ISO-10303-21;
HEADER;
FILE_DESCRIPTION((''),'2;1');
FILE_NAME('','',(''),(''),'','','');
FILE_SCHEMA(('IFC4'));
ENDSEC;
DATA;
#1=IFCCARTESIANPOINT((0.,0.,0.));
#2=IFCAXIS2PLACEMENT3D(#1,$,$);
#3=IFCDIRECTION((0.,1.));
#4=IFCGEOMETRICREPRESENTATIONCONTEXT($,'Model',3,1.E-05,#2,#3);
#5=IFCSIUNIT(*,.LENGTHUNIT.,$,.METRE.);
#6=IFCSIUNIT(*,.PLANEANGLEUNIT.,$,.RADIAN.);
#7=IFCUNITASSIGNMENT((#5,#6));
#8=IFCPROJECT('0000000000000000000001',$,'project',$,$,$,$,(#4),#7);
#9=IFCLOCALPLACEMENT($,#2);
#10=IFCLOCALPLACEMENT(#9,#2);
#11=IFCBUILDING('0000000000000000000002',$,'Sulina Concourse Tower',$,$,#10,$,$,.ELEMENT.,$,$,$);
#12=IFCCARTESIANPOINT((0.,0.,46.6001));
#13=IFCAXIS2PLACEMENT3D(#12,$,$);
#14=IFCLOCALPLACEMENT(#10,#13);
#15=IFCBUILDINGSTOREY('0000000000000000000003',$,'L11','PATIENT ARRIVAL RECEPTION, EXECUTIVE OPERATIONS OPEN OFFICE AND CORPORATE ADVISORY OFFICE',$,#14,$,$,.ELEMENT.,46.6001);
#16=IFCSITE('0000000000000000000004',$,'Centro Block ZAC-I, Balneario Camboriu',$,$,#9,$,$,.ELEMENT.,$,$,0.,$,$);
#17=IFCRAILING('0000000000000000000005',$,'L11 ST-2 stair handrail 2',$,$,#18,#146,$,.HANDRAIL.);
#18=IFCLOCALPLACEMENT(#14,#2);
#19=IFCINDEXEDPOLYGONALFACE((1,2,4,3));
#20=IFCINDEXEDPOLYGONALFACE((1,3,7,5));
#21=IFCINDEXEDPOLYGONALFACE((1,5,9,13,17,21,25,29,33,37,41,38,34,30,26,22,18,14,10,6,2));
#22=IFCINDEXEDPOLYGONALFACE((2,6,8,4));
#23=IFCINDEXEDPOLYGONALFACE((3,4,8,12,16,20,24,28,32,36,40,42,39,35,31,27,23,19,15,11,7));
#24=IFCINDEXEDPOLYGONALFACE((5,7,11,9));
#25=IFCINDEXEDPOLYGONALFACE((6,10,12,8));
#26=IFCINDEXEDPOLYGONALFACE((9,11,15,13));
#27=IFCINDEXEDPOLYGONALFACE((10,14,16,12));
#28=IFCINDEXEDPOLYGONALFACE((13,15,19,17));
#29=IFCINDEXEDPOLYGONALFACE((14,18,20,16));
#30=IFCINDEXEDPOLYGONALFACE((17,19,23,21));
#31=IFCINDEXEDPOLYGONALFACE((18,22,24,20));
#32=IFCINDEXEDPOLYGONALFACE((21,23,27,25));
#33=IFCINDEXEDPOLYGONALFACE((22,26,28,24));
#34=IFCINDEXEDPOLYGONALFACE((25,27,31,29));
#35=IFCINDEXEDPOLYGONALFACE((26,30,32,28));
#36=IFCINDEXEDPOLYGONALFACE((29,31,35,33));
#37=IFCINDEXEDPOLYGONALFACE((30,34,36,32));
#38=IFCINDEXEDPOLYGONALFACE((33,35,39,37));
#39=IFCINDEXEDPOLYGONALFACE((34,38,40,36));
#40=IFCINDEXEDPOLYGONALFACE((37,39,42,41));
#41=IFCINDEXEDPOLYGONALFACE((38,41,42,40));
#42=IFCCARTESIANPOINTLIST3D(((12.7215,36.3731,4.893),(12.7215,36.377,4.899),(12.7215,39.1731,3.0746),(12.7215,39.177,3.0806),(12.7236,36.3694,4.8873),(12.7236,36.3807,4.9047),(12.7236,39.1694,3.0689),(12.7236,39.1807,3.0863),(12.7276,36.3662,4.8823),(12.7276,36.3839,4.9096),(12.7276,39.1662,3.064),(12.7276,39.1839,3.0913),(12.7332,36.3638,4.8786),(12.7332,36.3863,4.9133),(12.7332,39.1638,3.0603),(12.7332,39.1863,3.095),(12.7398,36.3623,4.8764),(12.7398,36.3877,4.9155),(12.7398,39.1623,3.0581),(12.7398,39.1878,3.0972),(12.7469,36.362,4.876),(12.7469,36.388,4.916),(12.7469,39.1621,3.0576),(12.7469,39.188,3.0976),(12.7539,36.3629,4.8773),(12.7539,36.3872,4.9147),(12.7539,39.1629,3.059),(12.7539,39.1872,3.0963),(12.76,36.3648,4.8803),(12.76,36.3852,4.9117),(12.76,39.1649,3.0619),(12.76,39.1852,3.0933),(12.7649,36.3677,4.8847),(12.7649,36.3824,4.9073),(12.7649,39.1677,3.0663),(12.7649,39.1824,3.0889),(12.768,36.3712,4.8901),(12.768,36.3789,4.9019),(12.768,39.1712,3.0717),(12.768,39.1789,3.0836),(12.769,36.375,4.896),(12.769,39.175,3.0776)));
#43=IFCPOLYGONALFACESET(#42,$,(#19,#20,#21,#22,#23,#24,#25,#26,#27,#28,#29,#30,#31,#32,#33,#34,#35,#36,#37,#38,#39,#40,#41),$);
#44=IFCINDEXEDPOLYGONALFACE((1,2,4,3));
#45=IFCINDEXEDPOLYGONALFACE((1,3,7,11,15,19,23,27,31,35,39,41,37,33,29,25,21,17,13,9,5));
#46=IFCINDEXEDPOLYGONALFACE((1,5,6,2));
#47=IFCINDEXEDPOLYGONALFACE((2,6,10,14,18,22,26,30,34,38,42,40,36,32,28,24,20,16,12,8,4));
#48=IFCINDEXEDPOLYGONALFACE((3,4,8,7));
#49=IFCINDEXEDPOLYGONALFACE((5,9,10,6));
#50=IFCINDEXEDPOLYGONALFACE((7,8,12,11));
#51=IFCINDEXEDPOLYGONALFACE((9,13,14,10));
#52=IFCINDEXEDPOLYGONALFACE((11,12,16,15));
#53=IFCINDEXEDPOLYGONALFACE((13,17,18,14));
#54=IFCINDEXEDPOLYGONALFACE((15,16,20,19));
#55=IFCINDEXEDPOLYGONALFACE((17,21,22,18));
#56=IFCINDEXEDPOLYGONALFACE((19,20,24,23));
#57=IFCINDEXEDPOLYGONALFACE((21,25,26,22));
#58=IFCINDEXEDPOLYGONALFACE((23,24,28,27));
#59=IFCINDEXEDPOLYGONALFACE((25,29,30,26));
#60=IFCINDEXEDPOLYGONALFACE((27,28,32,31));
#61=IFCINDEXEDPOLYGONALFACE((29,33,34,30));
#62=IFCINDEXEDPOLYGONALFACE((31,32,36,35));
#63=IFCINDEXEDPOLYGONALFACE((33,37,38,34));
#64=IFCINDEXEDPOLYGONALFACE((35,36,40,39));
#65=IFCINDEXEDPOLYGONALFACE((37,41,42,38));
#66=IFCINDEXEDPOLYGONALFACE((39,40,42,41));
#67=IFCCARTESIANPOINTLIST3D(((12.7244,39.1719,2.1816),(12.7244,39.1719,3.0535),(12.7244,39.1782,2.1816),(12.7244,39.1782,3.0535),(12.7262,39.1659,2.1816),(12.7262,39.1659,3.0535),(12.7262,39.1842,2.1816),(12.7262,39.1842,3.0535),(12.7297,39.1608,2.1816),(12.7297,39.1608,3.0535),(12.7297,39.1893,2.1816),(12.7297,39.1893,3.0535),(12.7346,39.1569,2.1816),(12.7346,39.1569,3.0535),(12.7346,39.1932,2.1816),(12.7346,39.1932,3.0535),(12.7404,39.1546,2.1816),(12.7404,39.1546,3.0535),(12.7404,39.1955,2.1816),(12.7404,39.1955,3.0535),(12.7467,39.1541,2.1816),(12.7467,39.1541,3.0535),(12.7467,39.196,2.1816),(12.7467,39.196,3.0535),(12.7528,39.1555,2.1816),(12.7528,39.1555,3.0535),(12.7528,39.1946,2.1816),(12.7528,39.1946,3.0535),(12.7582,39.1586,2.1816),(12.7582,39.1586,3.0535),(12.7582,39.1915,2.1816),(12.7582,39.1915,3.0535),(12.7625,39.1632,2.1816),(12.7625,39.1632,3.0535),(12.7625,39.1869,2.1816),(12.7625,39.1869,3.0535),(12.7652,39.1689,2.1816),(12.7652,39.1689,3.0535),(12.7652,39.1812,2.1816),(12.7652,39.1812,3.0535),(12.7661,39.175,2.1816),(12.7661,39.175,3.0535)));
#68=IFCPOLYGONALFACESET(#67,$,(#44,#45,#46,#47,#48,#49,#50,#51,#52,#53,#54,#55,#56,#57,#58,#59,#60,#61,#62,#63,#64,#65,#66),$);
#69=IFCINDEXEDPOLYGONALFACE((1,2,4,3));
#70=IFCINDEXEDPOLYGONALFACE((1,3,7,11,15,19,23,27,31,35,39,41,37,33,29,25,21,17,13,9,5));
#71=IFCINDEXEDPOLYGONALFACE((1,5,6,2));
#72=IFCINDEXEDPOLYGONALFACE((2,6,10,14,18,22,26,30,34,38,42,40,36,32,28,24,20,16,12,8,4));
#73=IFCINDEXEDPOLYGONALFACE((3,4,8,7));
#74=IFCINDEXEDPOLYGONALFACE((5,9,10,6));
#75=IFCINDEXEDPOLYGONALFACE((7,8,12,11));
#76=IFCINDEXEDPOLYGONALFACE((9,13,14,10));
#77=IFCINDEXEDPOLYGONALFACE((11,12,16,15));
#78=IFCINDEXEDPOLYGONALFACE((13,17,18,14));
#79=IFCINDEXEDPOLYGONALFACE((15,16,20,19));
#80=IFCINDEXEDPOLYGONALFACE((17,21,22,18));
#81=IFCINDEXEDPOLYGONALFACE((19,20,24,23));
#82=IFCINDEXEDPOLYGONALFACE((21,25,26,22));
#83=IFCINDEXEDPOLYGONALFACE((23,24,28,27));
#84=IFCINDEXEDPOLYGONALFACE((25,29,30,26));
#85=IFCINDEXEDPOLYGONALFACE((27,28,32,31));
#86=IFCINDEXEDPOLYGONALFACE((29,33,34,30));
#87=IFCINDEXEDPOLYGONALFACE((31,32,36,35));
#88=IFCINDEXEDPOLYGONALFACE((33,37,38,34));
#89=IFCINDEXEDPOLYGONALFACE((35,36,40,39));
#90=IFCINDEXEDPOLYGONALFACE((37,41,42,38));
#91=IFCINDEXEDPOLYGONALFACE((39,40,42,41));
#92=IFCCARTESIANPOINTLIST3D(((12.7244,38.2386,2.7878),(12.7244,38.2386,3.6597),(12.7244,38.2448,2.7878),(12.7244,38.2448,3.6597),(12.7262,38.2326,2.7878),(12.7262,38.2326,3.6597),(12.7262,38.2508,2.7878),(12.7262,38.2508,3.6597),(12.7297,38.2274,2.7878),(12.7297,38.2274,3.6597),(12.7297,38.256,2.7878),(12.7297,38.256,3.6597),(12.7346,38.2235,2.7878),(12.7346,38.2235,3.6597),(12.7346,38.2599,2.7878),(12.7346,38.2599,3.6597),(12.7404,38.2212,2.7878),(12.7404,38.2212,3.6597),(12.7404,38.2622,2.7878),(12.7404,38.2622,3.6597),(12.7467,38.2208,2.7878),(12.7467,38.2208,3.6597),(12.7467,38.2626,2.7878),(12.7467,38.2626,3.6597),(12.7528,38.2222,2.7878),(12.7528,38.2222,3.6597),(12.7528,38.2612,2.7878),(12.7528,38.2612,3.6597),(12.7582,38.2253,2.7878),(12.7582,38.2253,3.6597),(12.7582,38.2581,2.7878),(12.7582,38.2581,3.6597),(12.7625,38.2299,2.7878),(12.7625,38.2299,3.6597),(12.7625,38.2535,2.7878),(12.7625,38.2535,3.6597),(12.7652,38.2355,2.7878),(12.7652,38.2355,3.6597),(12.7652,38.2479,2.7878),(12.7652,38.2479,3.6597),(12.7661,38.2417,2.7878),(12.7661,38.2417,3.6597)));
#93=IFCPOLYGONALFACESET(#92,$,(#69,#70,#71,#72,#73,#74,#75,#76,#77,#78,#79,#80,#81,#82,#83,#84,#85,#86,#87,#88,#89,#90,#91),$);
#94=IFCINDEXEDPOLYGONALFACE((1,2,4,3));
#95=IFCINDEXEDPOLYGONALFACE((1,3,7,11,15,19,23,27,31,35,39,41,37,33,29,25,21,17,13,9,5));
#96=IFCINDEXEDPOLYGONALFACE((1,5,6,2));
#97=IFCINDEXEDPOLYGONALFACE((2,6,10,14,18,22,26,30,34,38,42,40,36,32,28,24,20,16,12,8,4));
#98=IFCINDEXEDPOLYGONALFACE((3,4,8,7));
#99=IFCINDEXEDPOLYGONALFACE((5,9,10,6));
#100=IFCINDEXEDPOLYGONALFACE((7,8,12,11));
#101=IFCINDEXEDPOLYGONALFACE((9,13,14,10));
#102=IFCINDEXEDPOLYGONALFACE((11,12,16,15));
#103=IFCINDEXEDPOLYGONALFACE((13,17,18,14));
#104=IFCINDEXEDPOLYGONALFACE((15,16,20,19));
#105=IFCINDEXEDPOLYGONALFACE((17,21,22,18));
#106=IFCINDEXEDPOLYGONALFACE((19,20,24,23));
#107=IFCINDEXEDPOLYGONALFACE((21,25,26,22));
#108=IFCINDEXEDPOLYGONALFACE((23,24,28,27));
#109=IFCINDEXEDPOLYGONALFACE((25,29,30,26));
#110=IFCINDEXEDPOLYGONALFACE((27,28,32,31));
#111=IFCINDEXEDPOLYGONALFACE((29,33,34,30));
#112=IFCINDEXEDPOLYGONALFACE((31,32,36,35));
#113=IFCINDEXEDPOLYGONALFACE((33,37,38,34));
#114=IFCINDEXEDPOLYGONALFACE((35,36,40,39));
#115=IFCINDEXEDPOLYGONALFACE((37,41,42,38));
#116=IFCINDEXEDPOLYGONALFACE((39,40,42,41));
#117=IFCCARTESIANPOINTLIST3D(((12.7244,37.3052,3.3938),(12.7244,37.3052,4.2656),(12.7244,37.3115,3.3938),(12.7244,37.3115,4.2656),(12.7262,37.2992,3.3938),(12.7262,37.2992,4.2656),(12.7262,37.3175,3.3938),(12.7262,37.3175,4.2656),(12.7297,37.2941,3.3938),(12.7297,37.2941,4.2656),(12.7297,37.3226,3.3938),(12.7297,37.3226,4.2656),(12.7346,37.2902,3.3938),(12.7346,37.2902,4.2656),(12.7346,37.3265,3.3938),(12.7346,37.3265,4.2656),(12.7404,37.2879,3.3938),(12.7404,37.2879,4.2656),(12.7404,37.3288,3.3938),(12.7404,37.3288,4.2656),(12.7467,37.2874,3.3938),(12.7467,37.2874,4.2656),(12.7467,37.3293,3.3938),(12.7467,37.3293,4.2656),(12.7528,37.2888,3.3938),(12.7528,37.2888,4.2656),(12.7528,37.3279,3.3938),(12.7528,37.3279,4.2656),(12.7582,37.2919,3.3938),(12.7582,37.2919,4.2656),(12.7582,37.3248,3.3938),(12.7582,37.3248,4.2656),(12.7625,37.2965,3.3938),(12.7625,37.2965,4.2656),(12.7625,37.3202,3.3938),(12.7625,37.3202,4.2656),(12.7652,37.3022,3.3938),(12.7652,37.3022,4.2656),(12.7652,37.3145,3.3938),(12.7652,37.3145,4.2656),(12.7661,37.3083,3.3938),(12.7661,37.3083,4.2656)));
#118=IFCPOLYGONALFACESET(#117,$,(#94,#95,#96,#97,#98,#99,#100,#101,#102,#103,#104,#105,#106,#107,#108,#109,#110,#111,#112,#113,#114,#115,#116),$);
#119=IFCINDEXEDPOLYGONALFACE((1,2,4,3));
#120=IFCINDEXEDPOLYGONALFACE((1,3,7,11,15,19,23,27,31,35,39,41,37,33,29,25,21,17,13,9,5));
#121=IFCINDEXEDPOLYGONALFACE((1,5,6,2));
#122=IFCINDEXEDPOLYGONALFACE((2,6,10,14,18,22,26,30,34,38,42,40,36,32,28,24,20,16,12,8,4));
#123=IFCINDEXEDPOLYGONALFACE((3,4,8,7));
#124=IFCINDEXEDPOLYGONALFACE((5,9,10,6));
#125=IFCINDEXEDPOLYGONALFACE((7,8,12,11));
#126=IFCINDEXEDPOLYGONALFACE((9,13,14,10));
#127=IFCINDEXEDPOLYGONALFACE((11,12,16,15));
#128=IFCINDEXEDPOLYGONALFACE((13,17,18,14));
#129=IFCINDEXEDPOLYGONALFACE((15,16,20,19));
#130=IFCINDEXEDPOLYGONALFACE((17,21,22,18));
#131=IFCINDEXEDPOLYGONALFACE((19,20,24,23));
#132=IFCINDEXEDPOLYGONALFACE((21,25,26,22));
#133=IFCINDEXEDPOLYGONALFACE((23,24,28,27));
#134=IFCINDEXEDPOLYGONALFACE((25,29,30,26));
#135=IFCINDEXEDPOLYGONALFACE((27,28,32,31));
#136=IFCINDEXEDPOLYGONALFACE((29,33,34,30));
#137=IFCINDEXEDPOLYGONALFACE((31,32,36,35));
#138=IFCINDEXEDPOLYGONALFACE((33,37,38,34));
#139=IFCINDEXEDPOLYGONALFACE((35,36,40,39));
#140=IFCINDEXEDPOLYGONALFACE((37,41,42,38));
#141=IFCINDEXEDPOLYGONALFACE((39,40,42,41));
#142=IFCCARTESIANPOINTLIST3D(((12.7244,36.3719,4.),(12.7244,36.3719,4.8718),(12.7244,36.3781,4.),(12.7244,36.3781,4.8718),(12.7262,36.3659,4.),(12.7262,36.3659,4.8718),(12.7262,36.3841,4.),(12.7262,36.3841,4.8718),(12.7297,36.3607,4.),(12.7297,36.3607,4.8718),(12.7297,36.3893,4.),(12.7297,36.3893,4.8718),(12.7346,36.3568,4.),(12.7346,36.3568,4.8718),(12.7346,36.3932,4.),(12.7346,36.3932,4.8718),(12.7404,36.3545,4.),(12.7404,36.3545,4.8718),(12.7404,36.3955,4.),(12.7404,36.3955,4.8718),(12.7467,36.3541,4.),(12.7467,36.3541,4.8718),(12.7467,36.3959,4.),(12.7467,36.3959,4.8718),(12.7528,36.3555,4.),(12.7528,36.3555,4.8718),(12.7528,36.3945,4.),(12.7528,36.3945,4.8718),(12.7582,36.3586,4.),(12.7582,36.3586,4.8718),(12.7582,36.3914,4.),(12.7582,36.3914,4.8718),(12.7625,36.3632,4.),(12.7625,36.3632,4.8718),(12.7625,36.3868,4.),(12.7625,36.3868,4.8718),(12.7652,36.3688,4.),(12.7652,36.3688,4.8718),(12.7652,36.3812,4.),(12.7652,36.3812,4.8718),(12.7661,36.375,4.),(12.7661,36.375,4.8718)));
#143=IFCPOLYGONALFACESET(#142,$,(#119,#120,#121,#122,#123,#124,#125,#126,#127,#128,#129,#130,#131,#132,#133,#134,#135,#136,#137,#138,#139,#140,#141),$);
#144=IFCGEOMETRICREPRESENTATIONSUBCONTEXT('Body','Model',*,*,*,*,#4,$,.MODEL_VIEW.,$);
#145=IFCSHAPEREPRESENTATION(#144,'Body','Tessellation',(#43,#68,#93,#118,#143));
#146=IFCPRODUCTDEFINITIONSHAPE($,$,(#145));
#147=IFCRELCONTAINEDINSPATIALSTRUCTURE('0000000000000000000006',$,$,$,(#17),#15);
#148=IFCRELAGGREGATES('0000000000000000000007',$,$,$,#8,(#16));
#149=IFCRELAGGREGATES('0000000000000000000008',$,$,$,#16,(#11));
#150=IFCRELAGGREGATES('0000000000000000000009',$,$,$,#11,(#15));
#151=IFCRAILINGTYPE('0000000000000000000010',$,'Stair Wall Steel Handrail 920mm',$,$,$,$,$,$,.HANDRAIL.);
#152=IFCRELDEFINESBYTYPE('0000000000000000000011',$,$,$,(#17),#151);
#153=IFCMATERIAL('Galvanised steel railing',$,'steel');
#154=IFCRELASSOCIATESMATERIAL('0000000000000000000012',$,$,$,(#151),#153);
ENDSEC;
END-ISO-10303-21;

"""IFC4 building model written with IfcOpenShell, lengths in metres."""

from ifc_helpers import new_model, si_unit, direction, frame, origin, origin_2d, place, context, subcontext, project, spatial, circle, extrude, material, type_object, element, save


model = new_model("IFC4")

# Units and contexts
model_context = context("Model", 3, precision=1e-05, world=origin(), true_north=direction((0.0, 1.0)))
body_context = subcontext(model_context, "Body", "Model", "MODEL_VIEW")
ifc_project = project(units=[si_unit("LENGTHUNIT", "METRE"), si_unit("PLANEANGLEUNIT", "RADIAN")], contexts=[model_context])

# Site, building, storey
site_placement = place(None, origin())
site = spatial("IfcSite", under=ifc_project, at=site_placement, Name="Centro Block ZAC-I, Balneario Camboriu", CompositionType="ELEMENT", RefElevation=0.0)
building_placement = place(site_placement, origin())
building = spatial("IfcBuilding", under=site, at=building_placement, Name="Sulina Concourse Tower", CompositionType="ELEMENT")
storey_placement = place(building_placement, frame((0.0, 0.0, 46.6001)))
storey = spatial("IfcBuildingStorey", under=building, at=storey_placement, Name="L11", Description="PATIENT ARRIVAL RECEPTION, EXECUTIVE OPERATIONS OPEN OFFICE AND CORPORATE ADVISORY OFFICE", CompositionType="ELEMENT", Elevation=46.6001)

# Railing
ifc_material_1 = material(Name="Galvanised steel railing", Category="steel")
railing_type_1 = type_object("IfcRailingType", Name="Stair Wall Steel Handrail 920mm", PredefinedType="HANDRAIL", material=ifc_material_1)
railing_1_placement = place(storey_placement, frame((12.7451, 39.175, 2.1816)))
element("IfcRailing", 1, at=railing_1_placement, inside=storey, type_object=railing_type_1, Name="L11 ST-2 stair handrail 2", PredefinedType="HANDRAIL", context=body_context, shape_type="SweptSolid", body=[
    extrude(circle(Radius=0.0239, at=origin_2d()), frame((0.0, 0.0, 0.896), z_axis=(0.0, -0.838672, 0.544636), x_axis=(1.0, 0.0, 0.0)), (0.0, 0.0, 1.0), 3.3386),
    extrude(circle(Radius=0.021, at=origin_2d()), origin(), (0.0, 0.0, 1.0), 0.8718),
    extrude(circle(Radius=0.021, at=origin_2d()), frame((0.0, -0.9333, 0.6062)), (0.0, 0.0, 1.0), 0.8718),
    extrude(circle(Radius=0.021, at=origin_2d()), frame((0.0, -1.8667, 1.2122)), (0.0, 0.0, 1.0), 0.8718),
    extrude(circle(Radius=0.021, at=origin_2d()), frame((0.0, -2.8, 1.8184)), (0.0, 0.0, 1.0), 0.8718),
])

save(model, "model.ifc")
